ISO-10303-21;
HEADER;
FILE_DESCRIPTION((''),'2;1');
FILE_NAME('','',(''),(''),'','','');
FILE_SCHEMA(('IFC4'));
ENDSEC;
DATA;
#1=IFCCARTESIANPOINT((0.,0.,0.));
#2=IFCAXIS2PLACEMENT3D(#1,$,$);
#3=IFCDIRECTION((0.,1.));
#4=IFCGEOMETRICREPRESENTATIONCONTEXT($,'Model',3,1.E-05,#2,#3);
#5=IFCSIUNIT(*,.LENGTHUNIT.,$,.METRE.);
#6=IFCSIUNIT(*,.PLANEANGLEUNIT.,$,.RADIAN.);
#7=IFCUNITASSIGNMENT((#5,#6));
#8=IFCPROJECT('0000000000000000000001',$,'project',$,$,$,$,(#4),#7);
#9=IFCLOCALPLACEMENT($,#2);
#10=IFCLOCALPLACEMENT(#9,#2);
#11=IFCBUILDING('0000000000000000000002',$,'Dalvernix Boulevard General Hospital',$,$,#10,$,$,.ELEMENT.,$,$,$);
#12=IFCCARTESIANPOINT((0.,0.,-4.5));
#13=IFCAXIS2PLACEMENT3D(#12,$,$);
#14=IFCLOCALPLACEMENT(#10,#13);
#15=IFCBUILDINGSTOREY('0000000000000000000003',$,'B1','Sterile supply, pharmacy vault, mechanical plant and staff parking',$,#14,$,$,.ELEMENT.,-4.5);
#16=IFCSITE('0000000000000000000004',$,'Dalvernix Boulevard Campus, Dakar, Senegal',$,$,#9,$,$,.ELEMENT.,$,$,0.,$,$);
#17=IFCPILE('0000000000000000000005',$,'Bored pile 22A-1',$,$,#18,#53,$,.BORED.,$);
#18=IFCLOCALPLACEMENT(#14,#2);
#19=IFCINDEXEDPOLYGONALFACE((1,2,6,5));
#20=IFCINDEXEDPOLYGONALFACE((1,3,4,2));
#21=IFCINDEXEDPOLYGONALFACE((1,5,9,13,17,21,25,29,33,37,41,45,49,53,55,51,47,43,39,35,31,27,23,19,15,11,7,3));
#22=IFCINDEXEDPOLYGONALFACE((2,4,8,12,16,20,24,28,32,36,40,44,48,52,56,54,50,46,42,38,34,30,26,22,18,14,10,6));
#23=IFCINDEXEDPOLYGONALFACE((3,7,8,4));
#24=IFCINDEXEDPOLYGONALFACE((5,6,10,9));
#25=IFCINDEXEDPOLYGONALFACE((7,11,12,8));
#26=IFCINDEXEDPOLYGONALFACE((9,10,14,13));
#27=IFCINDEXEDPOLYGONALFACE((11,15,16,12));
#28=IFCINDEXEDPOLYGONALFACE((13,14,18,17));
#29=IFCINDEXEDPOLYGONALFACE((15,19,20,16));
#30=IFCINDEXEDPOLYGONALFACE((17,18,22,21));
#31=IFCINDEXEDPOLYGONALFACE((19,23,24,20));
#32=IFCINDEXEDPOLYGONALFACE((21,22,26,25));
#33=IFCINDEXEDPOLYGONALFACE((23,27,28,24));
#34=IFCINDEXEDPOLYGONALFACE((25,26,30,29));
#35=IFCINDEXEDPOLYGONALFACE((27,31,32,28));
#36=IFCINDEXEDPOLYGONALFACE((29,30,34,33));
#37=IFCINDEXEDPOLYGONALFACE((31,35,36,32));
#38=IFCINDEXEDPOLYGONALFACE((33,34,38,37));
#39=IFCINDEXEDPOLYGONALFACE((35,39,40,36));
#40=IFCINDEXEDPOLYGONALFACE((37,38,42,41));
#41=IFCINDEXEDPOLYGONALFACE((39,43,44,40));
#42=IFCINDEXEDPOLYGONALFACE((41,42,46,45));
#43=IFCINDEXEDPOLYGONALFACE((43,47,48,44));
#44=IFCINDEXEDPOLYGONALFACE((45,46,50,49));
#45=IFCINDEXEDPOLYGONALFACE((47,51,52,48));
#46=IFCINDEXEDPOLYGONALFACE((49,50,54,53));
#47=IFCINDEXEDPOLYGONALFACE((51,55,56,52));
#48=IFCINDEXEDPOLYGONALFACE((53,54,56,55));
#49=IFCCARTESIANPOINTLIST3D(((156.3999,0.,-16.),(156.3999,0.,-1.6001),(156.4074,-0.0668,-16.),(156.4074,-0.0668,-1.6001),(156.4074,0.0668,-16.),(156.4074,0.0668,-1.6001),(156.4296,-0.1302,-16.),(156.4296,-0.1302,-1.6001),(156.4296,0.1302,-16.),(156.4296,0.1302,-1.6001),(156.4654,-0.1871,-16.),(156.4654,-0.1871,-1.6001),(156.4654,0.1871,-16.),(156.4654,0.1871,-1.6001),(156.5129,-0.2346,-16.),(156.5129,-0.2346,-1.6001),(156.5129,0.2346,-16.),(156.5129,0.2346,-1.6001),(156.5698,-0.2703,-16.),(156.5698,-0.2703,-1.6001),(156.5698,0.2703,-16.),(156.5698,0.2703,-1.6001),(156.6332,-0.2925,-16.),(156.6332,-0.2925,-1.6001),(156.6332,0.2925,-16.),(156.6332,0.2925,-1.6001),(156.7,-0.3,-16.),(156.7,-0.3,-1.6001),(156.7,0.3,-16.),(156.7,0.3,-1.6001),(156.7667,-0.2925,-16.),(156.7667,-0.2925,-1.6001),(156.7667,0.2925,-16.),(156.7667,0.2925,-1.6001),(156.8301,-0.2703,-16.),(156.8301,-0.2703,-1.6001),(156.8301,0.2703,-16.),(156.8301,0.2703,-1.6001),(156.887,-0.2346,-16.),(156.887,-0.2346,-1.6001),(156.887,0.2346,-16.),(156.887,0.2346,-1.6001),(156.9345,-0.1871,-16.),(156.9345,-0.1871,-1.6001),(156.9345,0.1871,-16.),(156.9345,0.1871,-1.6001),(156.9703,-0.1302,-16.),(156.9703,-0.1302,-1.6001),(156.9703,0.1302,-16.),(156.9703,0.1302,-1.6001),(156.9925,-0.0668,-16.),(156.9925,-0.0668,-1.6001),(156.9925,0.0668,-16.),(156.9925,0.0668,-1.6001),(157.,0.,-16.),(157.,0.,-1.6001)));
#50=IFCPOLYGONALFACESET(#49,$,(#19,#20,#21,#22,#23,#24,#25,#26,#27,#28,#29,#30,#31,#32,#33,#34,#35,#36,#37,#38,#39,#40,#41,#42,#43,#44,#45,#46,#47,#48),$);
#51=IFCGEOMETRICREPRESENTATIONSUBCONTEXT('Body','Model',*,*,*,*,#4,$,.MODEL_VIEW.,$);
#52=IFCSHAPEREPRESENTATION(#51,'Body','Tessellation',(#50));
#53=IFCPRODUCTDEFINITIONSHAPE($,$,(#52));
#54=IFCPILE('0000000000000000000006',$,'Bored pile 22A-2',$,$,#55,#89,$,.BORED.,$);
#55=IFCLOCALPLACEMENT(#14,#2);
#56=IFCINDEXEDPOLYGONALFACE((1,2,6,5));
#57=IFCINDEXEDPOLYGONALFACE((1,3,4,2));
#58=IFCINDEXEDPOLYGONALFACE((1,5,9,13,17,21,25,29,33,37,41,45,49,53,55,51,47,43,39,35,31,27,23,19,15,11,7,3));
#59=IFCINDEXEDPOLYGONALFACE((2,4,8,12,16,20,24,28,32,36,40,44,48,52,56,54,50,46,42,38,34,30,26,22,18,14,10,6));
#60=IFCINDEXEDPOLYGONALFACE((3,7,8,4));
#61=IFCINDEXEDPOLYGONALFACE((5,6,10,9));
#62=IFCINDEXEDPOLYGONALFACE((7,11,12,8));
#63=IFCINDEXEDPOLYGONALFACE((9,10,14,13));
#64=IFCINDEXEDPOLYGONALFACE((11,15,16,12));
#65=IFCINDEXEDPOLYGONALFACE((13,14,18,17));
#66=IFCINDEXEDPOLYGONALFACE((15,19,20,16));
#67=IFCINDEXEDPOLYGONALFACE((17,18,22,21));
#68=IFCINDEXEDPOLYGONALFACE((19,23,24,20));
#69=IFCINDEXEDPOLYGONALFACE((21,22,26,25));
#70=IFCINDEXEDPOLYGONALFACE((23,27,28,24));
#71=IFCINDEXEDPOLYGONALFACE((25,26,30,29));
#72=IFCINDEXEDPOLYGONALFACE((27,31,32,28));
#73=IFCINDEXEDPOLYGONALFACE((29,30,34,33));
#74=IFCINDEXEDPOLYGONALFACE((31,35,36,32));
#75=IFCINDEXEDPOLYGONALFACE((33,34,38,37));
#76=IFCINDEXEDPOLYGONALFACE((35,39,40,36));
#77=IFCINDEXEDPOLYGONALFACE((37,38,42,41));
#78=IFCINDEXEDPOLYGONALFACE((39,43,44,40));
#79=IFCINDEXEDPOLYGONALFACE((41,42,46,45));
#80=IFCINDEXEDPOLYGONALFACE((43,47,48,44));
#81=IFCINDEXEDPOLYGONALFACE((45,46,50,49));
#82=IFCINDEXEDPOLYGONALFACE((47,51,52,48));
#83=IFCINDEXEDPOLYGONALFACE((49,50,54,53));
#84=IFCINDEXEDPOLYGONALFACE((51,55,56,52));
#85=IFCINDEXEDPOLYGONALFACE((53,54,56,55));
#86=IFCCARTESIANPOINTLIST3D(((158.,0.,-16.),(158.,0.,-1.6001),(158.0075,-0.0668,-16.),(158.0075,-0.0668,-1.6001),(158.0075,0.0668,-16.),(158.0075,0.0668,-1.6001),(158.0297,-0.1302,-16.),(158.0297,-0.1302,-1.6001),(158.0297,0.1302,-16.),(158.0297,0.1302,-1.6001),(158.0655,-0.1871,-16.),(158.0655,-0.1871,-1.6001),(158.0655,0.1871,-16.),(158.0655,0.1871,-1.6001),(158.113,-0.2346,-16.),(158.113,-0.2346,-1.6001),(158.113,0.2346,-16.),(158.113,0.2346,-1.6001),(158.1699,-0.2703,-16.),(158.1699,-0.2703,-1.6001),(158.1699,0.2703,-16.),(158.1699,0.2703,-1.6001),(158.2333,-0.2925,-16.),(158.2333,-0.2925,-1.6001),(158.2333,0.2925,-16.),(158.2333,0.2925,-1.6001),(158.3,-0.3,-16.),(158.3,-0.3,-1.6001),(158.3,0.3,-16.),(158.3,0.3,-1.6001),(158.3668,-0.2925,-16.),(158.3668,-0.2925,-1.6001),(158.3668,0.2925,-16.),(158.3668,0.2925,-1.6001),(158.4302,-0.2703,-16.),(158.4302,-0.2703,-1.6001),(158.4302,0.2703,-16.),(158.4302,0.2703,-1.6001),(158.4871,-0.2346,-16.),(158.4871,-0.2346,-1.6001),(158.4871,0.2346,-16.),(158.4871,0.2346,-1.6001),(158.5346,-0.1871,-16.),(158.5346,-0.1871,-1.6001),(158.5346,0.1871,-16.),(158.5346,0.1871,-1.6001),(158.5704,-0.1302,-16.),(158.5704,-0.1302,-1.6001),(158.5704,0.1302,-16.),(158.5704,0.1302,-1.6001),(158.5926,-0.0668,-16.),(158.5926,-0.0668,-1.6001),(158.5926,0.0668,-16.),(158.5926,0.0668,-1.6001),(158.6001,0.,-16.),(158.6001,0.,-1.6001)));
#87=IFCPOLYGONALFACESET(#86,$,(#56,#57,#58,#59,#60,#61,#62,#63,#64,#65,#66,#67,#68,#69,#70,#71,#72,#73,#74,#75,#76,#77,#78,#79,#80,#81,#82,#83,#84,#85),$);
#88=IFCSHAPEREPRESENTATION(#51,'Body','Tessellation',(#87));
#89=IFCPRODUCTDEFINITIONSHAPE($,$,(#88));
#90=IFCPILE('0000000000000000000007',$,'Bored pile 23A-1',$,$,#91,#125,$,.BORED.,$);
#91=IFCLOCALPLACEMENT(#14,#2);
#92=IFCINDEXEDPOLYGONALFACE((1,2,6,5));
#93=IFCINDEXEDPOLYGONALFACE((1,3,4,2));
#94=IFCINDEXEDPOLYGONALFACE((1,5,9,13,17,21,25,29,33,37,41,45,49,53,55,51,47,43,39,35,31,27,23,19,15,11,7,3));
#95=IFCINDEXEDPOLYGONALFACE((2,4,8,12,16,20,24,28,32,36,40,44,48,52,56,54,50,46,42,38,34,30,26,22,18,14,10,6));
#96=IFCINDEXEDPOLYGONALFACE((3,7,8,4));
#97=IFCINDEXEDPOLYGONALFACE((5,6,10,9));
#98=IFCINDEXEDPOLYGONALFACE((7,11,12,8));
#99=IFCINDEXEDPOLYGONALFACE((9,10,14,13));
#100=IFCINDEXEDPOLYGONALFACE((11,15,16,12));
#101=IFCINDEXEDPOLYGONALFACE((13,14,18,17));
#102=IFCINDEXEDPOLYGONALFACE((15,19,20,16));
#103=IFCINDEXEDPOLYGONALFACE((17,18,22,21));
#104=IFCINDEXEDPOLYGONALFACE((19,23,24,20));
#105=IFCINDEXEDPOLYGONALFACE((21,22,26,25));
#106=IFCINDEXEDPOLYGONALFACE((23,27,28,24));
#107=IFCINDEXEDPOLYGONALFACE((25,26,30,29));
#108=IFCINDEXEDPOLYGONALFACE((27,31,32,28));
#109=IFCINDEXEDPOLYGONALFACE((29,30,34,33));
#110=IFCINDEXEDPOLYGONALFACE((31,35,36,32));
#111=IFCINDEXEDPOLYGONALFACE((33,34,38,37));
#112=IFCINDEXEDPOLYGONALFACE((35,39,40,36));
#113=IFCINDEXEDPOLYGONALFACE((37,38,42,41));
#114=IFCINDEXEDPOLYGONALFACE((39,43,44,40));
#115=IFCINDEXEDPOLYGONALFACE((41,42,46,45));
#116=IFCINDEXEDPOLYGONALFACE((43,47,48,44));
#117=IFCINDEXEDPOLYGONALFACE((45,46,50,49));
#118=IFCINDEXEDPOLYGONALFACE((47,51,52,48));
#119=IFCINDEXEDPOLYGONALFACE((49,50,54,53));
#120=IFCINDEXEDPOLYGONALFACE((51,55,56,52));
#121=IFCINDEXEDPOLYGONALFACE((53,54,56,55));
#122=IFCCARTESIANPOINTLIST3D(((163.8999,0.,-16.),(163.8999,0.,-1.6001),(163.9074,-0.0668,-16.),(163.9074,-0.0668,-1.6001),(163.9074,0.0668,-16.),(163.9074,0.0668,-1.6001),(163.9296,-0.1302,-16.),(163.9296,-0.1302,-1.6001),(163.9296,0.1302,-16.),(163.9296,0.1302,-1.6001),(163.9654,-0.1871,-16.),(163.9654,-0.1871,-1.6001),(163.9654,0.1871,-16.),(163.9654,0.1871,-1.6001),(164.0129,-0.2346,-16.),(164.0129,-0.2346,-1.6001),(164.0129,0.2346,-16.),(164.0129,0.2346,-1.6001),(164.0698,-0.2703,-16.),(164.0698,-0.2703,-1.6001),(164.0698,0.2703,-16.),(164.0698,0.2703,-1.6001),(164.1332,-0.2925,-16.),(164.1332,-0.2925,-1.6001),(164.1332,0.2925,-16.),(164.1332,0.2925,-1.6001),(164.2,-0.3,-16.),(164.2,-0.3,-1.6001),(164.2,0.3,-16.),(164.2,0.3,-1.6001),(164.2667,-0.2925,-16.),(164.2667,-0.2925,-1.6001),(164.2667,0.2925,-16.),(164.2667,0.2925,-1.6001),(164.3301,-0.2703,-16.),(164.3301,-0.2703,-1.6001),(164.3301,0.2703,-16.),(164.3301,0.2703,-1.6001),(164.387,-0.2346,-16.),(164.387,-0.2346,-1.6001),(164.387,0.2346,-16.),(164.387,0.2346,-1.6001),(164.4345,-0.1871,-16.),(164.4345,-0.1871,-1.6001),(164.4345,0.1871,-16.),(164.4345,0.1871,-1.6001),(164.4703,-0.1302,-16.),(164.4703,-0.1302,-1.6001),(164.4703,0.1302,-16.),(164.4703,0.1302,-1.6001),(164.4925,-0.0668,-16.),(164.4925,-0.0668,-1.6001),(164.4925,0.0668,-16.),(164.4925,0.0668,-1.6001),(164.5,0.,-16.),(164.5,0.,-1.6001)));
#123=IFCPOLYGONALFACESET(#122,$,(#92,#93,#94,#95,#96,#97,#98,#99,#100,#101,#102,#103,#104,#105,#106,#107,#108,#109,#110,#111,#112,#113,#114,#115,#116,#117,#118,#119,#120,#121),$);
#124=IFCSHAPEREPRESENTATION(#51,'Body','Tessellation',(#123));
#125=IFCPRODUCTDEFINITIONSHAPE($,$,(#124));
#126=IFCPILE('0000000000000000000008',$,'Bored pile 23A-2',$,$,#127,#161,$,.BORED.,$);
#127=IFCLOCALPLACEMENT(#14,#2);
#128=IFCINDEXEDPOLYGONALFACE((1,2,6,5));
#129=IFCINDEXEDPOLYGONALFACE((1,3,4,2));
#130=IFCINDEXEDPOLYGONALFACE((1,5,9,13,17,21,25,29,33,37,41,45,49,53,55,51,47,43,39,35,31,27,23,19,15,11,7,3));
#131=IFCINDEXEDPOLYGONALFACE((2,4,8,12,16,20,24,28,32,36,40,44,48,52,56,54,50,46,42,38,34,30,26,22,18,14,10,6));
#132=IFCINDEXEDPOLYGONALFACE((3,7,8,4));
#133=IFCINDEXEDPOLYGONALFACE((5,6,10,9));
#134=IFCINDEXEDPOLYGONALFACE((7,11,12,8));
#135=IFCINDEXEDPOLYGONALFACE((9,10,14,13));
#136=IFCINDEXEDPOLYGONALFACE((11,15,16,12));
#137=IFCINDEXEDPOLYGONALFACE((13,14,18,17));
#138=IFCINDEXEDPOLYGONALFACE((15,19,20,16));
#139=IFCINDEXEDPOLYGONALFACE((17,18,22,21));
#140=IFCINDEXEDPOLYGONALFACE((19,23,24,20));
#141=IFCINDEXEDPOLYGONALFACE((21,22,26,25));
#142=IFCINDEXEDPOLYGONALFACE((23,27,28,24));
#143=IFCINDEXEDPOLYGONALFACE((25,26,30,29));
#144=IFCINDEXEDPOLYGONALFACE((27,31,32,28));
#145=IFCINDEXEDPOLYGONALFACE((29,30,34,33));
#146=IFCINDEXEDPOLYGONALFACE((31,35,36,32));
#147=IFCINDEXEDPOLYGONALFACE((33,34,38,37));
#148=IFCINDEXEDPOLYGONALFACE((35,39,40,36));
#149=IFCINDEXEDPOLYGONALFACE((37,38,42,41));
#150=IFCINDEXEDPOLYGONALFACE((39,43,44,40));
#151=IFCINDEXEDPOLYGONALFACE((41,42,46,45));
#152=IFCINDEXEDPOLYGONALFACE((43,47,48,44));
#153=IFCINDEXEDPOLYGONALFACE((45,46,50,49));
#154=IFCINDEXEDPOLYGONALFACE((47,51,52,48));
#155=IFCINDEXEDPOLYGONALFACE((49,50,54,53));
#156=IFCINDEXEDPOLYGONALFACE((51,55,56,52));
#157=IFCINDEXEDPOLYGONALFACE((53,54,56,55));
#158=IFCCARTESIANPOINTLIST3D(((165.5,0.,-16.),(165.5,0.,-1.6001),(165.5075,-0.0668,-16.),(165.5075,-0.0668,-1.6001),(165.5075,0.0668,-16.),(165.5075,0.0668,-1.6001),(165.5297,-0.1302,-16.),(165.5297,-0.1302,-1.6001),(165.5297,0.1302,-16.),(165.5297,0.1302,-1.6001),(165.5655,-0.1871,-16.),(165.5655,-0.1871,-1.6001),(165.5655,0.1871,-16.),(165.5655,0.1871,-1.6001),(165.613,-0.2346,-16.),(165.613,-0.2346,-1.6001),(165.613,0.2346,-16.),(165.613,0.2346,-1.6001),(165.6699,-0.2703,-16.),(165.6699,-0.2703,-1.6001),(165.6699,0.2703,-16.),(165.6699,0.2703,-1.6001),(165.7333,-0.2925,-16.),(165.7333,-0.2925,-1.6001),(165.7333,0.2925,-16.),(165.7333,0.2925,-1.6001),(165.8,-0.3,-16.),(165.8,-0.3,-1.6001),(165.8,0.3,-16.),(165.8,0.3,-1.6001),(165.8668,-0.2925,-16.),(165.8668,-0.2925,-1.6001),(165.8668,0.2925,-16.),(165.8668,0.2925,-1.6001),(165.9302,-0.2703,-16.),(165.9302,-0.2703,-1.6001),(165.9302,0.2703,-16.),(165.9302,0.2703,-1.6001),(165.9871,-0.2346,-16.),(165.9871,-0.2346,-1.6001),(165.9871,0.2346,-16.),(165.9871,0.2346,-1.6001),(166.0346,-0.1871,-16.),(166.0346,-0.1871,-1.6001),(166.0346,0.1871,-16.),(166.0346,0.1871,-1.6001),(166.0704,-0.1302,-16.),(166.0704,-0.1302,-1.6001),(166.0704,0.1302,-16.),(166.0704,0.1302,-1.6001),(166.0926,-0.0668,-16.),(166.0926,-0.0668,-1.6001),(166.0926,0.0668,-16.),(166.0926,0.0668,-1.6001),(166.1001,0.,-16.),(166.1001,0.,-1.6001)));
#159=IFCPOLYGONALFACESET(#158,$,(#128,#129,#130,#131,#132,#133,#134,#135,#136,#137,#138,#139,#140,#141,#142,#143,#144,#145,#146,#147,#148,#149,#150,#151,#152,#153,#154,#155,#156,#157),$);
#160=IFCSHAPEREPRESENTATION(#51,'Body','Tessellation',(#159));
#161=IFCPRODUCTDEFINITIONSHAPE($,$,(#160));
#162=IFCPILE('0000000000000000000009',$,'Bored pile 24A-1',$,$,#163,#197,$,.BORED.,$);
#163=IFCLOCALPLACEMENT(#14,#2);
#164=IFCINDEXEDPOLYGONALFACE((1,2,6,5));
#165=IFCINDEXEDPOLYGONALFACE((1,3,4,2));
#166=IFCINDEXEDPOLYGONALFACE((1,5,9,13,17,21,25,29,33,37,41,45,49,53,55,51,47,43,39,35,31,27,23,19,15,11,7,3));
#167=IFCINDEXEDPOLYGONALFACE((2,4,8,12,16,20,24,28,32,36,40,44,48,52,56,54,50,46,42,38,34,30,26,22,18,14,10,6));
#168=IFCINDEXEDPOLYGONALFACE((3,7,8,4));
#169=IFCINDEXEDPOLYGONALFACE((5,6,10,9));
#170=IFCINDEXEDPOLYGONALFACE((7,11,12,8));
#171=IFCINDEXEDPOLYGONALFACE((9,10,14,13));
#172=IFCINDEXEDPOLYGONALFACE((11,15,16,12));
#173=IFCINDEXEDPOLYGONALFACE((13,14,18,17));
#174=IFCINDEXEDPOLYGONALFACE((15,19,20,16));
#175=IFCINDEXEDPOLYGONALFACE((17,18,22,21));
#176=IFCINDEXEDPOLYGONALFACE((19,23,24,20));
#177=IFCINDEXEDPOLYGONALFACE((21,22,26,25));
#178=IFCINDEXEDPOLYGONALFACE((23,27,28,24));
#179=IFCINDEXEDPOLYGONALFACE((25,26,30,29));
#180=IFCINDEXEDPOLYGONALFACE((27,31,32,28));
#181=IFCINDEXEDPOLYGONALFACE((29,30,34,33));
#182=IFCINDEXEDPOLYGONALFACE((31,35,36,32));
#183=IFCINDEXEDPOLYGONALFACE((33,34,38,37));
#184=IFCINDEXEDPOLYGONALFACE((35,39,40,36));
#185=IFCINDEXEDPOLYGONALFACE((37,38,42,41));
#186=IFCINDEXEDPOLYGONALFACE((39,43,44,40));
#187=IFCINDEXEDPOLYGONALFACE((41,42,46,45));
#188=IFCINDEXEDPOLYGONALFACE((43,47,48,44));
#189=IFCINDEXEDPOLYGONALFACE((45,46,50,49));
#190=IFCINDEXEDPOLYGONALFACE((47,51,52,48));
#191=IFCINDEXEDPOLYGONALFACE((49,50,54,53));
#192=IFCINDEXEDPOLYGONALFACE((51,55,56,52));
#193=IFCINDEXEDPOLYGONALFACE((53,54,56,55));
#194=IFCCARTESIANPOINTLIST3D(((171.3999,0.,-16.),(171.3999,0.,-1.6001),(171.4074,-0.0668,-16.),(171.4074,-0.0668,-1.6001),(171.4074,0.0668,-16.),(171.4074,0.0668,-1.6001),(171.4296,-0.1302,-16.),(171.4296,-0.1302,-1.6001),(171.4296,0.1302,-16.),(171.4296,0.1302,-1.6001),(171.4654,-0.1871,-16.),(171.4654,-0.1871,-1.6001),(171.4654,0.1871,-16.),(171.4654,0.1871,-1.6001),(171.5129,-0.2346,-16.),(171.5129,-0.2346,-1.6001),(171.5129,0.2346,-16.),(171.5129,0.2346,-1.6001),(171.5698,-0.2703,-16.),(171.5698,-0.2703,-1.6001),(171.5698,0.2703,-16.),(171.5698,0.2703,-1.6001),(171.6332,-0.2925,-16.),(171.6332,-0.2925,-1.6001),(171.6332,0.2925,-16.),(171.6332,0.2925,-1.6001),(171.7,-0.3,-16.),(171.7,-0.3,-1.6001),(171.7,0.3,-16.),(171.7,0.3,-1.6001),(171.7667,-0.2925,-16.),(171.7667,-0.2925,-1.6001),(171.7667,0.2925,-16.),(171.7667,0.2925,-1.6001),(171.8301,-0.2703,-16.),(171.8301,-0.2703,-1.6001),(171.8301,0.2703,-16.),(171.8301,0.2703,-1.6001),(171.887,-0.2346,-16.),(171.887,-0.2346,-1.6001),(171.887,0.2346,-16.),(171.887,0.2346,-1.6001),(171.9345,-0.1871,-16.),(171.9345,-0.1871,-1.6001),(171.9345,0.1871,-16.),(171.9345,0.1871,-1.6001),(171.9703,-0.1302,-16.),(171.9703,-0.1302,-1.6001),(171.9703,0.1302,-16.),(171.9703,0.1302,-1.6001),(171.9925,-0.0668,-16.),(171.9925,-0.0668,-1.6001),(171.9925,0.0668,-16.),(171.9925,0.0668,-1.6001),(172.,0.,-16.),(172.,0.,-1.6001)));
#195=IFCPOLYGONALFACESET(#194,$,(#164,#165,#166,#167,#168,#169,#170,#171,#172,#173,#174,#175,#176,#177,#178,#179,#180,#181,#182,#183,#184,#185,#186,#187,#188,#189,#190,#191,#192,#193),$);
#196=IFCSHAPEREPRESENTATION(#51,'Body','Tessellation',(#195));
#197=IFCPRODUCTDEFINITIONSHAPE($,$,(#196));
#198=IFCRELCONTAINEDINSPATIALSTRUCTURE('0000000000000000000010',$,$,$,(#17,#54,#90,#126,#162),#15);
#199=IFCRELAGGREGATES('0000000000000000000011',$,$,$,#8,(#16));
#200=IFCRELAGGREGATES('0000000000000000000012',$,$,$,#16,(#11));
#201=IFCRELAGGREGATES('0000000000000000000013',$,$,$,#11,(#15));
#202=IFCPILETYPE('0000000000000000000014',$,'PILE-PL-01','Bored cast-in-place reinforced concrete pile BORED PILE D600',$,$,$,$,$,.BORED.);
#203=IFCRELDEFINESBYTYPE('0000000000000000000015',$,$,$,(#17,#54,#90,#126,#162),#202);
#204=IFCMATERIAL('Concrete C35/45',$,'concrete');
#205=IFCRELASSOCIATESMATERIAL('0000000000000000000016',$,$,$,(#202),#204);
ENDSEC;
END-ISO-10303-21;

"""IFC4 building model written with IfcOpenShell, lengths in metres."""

from ifc_helpers import new_model, si_unit, direction, frame, origin, origin_2d, place, context, subcontext, project, spatial, circle, extrude, material, material_profile, profile_set, type_object, element, save


model = new_model("IFC4")

# Units and contexts
model_context = context("Model", 3, precision=1e-05, world=origin(), true_north=direction((0.0, 1.0)))
body_context = subcontext(model_context, "Body", "Model", "MODEL_VIEW")
ifc_project = project(units=[si_unit("LENGTHUNIT", "METRE"), si_unit("PLANEANGLEUNIT", "RADIAN")], contexts=[model_context])

# Site, building, storey
site_placement = place(None, origin())
site = spatial("IfcSite", under=ifc_project, at=site_placement, Name="Dalvernix Boulevard Campus, Dakar, Senegal", CompositionType="ELEMENT", RefElevation=0.0)
building_placement = place(site_placement, origin())
building = spatial("IfcBuilding", under=site, at=building_placement, Name="Dalvernix Boulevard General Hospital", CompositionType="ELEMENT")
storey_placement = place(building_placement, frame((0.0, 0.0, -4.5)))
storey = spatial("IfcBuildingStorey", under=building, at=storey_placement, Name="B1", Description="Sterile supply, pharmacy vault, mechanical plant and staff parking", CompositionType="ELEMENT", Elevation=-4.5)

# Shared definitions
ifc_material_1 = material(Name="Concrete C35/45", Category="concrete")

# Piles
ifc_material_profile_1 = material_profile(ifc_material_1, circle(Radius=0.3, at=origin_2d()), Name="BORED PILE D600")
ifc_profile_set_1 = profile_set([ifc_material_profile_1], Name="Concrete C35/45")
pile_type_1 = type_object("IfcPileType", Name="PILE-PL-01", Description="Bored cast-in-place reinforced concrete pile BORED PILE D600", PredefinedType="BORED", material=ifc_profile_set_1)
for number, where, z_axis, x_axis, name in (
    (1, (156.7, 0.0, -1.6001), (0.0, 0.0, -1.0), (1.0, 0.0, 0.0), "Bored pile 22A-1"),
    (2, (158.3, 0.0, -1.6001), (0.0, 0.0, -1.0), (1.0, 0.0, 0.0), "Bored pile 22A-2"),
    (3, (164.2, 0.0, -1.6001), (0.0, 0.0, -1.0), (1.0, 0.0, 0.0), "Bored pile 23A-1"),
    (4, (165.8, 0.0, -1.6001), (0.0, 0.0, -1.0), (1.0, 0.0, 0.0), "Bored pile 23A-2"),
    (5, (171.7, 0.0, -1.6001), (0.0, 0.0, -1.0), (1.0, 0.0, 0.0), "Bored pile 24A-1"),
):
    element("IfcPile", number, at=place(storey_placement, frame(where, z_axis=z_axis, x_axis=x_axis)), inside=storey, type_object=pile_type_1, Name=name, PredefinedType="BORED", context=body_context, shape_type="SweptSolid", body=[
        extrude(circle(Radius=0.3, at=origin_2d()), origin(), (0.0, 0.0, 1.0), 14.3999),
    ])

save(model, "model.ifc")
